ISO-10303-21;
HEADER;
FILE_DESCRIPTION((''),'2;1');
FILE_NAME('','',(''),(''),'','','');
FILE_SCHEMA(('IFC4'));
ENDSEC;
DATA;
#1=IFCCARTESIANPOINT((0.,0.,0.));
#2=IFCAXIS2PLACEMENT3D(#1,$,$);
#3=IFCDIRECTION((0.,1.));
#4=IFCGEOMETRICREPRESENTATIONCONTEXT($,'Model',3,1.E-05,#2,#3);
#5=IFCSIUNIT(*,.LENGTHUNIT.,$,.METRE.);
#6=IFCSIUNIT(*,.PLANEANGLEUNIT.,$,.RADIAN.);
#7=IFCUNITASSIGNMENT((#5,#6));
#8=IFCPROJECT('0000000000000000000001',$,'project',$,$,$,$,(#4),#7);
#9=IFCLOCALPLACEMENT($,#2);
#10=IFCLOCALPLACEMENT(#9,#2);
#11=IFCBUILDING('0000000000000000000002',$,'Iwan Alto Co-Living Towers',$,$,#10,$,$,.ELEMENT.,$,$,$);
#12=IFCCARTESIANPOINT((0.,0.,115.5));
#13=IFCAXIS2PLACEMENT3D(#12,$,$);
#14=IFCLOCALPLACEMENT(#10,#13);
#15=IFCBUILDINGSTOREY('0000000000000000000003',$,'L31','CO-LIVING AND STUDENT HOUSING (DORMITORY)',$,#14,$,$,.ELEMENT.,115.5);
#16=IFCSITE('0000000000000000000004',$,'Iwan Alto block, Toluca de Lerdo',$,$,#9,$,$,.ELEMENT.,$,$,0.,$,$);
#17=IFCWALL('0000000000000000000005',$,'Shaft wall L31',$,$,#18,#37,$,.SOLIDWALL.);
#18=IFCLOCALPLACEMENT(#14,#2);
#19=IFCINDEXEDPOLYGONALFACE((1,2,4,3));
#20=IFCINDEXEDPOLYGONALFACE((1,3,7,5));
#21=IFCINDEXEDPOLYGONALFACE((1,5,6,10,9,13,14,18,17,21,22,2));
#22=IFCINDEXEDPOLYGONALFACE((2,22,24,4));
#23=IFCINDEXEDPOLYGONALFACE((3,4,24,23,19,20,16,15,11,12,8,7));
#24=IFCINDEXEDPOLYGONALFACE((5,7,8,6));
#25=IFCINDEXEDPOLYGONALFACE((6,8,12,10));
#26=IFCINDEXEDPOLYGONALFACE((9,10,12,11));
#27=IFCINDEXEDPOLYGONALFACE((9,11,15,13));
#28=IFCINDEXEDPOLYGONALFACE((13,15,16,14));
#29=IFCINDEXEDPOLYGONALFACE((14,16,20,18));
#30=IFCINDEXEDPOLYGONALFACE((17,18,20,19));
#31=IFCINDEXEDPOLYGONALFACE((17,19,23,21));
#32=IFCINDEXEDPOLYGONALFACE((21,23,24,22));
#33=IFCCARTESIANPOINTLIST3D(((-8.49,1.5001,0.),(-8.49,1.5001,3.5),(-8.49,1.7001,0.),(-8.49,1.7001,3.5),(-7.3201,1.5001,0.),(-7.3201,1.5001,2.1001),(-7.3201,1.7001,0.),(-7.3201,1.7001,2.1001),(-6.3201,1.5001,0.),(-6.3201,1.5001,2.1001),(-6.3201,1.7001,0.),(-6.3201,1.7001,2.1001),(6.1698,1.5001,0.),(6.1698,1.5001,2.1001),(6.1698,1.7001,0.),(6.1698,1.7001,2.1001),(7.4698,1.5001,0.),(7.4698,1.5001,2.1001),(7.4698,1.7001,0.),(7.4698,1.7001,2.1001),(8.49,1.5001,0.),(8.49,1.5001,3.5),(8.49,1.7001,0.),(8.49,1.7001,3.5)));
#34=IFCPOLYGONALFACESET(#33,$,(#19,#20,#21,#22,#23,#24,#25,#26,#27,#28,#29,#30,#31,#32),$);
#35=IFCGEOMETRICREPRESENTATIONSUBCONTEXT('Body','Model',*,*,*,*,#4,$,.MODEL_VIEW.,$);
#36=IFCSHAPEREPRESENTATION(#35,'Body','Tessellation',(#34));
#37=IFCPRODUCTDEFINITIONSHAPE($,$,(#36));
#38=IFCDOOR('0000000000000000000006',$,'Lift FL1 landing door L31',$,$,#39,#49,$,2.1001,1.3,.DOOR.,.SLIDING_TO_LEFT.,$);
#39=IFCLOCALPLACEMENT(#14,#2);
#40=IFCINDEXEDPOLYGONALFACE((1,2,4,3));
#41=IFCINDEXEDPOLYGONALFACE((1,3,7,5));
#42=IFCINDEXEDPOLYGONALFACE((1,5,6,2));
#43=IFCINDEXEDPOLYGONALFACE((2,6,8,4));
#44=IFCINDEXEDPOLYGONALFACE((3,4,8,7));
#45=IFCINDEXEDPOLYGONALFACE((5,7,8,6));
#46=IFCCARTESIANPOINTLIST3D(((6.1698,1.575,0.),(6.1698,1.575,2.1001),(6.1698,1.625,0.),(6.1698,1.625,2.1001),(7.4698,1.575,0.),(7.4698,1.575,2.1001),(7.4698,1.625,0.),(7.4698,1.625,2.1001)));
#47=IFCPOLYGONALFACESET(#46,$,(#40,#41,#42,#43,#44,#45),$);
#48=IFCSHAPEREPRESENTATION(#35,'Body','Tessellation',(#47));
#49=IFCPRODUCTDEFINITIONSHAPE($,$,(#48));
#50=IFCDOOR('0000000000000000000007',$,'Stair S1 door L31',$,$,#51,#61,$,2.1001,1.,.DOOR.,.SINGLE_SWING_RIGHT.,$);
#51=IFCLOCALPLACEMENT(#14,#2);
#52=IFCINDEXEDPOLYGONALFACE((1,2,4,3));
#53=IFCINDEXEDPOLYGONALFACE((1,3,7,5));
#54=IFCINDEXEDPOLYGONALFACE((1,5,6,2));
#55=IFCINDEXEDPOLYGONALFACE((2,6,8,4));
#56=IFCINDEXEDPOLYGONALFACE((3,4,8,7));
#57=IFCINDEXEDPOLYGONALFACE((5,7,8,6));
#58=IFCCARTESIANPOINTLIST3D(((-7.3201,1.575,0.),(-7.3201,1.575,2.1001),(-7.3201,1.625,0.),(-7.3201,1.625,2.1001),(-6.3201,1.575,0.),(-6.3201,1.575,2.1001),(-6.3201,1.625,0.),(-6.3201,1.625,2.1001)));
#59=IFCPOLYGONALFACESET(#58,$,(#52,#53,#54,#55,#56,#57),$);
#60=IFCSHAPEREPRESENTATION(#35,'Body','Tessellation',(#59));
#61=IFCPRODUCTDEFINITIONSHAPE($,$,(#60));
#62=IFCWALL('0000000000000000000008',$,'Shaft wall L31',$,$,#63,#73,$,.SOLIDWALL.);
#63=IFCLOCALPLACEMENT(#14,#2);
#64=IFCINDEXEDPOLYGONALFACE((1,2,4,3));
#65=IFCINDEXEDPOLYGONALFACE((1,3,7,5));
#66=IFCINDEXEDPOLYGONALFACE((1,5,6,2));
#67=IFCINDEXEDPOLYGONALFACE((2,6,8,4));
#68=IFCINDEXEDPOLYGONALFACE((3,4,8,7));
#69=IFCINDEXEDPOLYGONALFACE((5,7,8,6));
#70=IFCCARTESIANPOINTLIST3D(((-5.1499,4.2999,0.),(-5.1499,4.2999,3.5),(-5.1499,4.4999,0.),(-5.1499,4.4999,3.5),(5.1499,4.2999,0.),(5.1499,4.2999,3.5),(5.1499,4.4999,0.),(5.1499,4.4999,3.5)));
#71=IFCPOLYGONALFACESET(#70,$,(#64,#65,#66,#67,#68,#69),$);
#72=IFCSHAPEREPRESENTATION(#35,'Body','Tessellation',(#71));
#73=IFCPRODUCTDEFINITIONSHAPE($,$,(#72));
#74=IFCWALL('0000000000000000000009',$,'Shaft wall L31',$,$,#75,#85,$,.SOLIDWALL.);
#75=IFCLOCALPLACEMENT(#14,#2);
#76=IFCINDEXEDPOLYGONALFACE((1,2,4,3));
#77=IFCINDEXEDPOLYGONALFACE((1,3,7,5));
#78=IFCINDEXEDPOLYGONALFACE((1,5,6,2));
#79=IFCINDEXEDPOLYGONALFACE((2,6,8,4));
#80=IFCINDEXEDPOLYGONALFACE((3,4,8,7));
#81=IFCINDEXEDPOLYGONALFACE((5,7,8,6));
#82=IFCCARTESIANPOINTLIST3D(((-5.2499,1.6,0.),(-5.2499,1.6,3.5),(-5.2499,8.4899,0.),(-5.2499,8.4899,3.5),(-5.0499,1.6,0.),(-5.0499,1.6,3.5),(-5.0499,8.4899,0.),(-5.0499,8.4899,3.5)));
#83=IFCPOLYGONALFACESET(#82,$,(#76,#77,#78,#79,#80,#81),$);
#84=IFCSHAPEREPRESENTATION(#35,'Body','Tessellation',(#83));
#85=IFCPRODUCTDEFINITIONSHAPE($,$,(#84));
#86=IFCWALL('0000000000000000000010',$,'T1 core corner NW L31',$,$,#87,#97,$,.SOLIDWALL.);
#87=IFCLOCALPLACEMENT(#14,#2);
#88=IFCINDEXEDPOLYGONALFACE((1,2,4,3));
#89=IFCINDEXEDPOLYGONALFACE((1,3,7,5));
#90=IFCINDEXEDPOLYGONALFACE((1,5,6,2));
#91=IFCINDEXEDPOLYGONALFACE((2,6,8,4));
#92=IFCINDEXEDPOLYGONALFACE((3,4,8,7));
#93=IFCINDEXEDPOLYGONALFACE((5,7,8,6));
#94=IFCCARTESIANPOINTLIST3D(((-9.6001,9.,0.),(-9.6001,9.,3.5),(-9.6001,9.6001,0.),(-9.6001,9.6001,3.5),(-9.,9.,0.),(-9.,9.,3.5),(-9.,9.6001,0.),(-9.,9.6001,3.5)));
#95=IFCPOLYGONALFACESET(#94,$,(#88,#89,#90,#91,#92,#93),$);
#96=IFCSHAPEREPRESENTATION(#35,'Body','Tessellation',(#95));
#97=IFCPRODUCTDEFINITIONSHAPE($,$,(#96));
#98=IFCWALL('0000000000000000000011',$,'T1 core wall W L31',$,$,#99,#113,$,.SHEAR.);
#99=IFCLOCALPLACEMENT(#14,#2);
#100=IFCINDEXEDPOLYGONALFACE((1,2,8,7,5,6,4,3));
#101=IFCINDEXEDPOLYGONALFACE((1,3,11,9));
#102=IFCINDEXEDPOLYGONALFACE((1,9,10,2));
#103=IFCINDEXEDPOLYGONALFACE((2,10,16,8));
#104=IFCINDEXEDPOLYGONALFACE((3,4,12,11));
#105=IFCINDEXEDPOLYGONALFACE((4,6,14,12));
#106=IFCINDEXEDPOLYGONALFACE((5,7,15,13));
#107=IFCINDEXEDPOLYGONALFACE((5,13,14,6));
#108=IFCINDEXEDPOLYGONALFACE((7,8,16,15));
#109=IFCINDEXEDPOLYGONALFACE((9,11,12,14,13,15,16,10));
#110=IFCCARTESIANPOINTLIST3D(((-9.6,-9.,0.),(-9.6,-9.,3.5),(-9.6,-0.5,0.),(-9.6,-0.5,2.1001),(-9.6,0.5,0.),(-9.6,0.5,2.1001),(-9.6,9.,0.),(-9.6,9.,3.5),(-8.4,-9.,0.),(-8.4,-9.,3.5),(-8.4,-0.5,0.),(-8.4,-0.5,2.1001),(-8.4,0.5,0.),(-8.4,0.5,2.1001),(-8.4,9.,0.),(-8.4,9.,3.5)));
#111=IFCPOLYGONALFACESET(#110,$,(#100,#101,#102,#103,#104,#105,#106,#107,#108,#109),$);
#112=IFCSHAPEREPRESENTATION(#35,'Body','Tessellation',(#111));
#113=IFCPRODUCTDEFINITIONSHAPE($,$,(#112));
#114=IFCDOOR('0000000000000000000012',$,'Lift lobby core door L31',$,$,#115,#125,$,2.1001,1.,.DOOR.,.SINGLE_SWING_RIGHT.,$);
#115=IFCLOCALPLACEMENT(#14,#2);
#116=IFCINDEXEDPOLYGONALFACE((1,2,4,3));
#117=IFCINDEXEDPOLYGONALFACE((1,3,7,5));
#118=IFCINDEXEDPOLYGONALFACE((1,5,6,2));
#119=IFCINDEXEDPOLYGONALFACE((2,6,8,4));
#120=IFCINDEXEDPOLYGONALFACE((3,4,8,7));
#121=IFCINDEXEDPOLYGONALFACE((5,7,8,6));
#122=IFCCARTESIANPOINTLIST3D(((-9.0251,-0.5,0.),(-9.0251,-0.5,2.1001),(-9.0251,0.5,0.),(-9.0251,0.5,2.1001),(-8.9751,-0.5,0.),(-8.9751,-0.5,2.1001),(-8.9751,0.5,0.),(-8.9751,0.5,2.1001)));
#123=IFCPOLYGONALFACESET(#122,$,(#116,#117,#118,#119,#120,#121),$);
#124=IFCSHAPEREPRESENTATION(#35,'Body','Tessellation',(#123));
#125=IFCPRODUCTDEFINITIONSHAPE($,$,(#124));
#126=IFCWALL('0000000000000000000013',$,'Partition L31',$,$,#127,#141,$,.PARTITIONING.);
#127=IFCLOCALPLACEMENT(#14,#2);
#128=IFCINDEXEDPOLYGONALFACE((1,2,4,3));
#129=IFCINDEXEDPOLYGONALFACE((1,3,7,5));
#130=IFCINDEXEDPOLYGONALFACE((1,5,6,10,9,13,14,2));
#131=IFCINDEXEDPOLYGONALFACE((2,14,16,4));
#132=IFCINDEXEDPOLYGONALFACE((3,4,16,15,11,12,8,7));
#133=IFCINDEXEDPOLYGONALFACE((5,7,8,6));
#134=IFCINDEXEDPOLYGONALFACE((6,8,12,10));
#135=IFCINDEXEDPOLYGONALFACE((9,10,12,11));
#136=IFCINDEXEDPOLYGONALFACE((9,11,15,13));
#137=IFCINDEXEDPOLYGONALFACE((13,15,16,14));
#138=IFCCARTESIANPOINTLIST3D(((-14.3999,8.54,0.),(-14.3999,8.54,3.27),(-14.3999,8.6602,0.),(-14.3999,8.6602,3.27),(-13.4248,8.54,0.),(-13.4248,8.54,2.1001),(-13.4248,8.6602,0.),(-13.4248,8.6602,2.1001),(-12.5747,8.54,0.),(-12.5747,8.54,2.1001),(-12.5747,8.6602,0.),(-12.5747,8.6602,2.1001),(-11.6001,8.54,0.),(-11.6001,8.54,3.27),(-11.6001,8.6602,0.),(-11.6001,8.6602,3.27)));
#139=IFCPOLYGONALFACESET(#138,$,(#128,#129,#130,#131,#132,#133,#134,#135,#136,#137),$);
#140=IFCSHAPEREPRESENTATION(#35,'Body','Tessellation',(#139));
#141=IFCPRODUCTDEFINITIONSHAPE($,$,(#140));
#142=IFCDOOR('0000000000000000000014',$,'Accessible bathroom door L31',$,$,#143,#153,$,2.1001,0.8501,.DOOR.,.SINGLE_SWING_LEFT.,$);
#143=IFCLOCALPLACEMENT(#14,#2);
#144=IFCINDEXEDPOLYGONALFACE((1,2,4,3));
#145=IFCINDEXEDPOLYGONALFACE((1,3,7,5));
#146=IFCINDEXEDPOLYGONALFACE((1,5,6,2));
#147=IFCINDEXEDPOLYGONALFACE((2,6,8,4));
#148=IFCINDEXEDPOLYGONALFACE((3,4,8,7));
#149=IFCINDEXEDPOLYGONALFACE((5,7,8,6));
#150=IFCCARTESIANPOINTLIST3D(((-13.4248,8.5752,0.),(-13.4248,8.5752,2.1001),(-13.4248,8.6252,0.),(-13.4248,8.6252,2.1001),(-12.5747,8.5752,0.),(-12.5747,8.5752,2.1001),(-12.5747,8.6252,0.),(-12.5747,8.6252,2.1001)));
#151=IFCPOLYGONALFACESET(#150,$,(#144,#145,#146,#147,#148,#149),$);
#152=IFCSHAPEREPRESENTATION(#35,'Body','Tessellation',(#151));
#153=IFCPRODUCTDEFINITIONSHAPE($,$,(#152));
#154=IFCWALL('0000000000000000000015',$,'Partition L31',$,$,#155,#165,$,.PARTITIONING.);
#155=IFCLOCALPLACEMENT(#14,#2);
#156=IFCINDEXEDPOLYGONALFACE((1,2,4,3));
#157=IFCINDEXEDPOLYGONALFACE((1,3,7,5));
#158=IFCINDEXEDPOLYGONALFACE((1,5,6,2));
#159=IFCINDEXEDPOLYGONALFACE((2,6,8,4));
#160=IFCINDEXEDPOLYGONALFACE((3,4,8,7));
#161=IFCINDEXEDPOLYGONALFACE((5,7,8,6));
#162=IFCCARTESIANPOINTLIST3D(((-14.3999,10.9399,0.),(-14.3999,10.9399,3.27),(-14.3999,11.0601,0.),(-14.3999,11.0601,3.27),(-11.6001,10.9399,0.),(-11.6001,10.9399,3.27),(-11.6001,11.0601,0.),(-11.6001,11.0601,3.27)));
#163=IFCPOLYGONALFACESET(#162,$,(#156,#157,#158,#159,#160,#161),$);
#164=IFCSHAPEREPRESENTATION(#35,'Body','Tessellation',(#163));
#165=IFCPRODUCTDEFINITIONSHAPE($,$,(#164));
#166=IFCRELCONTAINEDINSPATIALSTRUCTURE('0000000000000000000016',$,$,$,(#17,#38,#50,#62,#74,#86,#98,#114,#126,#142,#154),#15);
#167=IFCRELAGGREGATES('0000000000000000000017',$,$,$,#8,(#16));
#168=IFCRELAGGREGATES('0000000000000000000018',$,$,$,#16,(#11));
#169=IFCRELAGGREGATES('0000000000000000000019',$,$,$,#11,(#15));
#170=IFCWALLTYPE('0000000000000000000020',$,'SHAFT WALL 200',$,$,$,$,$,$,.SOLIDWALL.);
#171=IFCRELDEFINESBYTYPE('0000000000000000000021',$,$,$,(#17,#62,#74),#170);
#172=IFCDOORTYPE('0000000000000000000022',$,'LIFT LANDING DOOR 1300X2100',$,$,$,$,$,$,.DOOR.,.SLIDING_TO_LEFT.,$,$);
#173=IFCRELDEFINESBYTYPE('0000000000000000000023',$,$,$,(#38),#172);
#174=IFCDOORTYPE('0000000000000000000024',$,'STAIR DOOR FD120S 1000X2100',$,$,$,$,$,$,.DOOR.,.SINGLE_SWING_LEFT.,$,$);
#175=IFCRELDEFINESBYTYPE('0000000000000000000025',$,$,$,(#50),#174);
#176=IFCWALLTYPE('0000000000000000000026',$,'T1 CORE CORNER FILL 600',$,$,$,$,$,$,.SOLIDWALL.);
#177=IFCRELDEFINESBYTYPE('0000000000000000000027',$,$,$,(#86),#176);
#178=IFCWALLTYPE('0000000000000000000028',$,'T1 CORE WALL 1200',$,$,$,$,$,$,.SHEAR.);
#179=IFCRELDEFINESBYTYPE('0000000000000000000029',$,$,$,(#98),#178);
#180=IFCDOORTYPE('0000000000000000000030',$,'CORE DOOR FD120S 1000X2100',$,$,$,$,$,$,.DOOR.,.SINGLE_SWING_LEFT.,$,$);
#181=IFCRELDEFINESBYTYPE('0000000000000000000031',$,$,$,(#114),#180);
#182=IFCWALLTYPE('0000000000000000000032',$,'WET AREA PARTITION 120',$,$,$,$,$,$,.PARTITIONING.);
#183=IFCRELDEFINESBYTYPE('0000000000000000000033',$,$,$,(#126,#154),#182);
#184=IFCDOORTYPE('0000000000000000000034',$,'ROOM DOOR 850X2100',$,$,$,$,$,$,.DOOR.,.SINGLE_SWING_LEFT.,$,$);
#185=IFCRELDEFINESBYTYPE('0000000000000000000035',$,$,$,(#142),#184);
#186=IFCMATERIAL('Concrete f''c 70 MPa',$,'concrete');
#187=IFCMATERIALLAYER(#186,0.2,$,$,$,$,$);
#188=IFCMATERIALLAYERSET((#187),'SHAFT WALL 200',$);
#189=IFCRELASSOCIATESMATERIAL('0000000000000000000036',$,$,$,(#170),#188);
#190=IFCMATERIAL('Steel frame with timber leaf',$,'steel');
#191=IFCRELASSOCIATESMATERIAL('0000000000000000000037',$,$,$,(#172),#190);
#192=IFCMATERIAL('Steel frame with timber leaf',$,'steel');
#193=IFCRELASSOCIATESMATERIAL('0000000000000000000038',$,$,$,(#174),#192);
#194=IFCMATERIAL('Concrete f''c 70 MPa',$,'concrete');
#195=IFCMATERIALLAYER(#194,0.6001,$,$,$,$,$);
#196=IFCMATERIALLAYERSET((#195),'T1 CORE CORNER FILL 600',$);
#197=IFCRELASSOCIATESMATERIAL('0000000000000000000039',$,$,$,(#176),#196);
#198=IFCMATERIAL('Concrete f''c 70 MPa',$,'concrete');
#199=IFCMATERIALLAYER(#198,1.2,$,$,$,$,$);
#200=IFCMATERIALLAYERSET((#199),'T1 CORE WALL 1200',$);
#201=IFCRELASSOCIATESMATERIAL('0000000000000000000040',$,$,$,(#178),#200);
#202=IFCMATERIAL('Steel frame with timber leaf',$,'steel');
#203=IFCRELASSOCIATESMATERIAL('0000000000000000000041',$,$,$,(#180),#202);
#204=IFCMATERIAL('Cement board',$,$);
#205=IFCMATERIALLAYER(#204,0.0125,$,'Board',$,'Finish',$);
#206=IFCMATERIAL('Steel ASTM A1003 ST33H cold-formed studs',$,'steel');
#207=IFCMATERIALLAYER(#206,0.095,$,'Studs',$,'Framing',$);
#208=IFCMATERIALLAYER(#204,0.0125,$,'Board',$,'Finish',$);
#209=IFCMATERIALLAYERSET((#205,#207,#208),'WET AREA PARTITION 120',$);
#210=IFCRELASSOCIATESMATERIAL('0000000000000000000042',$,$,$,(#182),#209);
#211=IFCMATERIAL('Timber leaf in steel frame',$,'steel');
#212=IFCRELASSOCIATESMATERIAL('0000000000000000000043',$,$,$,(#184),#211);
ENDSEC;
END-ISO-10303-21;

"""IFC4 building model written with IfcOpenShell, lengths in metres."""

from ifc_helpers import new_model, si_unit, direction, frame, frame_2d, origin, place, context, subcontext, project, spatial, rectangle, extrude, material, layer, layer_set, type_object, element, fill, save


model = new_model("IFC4")

# Units and contexts
model_context = context("Model", 3, precision=1e-05, world=origin(), true_north=direction((0.0, 1.0)))
body_context = subcontext(model_context, "Body", "Model", "MODEL_VIEW")
ifc_project = project(units=[si_unit("LENGTHUNIT", "METRE"), si_unit("PLANEANGLEUNIT", "RADIAN")], contexts=[model_context])

# Site, building, storey
site_placement = place(None, origin())
site = spatial("IfcSite", under=ifc_project, at=site_placement, Name="Iwan Alto block, Toluca de Lerdo", CompositionType="ELEMENT", RefElevation=0.0)
building_placement = place(site_placement, origin())
building = spatial("IfcBuilding", under=site, at=building_placement, Name="Iwan Alto Co-Living Towers", CompositionType="ELEMENT")
storey_placement = place(building_placement, frame((0.0, 0.0, 115.5)))
storey = spatial("IfcBuildingStorey", under=building, at=storey_placement, Name="L31", Description="CO-LIVING AND STUDENT HOUSING (DORMITORY)", CompositionType="ELEMENT", Elevation=115.5)

# Shared definitions
ifc_material_1 = material(Name="Steel ASTM A1003 ST33H cold-formed studs", Category="steel")

# Wall, openings, doors
ifc_material_2 = material(Name="Concrete f'c 70 MPa", Category="concrete")
ifc_layer_1 = layer(ifc_material_2, 0.2)
ifc_layer_set_1 = layer_set([ifc_layer_1], Name="SHAFT WALL 200")
wall_type_1 = type_object("IfcWallType", Name="SHAFT WALL 200", PredefinedType="SOLIDWALL", material=ifc_layer_set_1)
wall_1_placement = place(storey_placement, frame((-8.49, 1.6001, 0.0), z_axis=(0.0, 0.0, 1.0), x_axis=(1.0, 0.0, 0.0)))
wall_1 = element("IfcWall", 1, at=wall_1_placement, inside=storey, type_object=wall_type_1, Name="Shaft wall L31", PredefinedType="SOLIDWALL", context=body_context, shape_type="SweptSolid", body=[
    extrude(rectangle(XDim=16.98, YDim=0.2, at=frame_2d((8.49, 0.0))), origin(), (0.0, 0.0, 1.0), 3.5),
])
opening_1_placement = place(wall_1_placement, frame((1.1699, 0.0, 0.0)))
opening_1 = element("IfcOpeningElement", 2, at=opening_1_placement, cuts=wall_1, PredefinedType="OPENING", context=body_context, shape_type="SweptSolid", body=[
    extrude(rectangle(XDim=1.0, YDim=2.1001, at=frame_2d((0.5, 1.05))), frame((0.0, 0.1099, 0.0), z_axis=(0.0, -1.0, 0.0), x_axis=(1.0, 0.0, 0.0)), (0.0, 0.0, 1.0), 0.22),
])
opening_2_placement = place(wall_1_placement, frame((14.6599, 0.0, 0.0)))
opening_2 = element("IfcOpeningElement", 3, at=opening_2_placement, cuts=wall_1, PredefinedType="OPENING", context=body_context, shape_type="SweptSolid", body=[
    extrude(rectangle(XDim=1.3, YDim=2.1001, at=frame_2d((0.6499, 1.05))), frame((0.0, 0.1099, 0.0), z_axis=(0.0, -1.0, 0.0), x_axis=(1.0, 0.0, 0.0)), (0.0, 0.0, 1.0), 0.22),
])
ifc_material_3 = material(Name="Steel frame with timber leaf", Category="steel")
door_type_1 = type_object("IfcDoorType", Name="LIFT LANDING DOOR 1300X2100", OperationType="SLIDING_TO_LEFT", PredefinedType="DOOR", material=ifc_material_3)
door_1_placement = place(opening_2_placement, origin())
door_1 = element("IfcDoor", 4, at=door_1_placement, inside=storey, type_object=door_type_1, Name="Lift FL1 landing door L31", OperationType="SLIDING_TO_LEFT", OverallHeight=2.1001, OverallWidth=1.3, PredefinedType="DOOR", context=body_context, shape_type="SweptSolid", body=[
    extrude(rectangle(XDim=1.3, YDim=2.1001, at=frame_2d((0.6499, 1.05))), frame((0.0, 0.0249, 0.0), z_axis=(0.0, -1.0, 0.0), x_axis=(1.0, 0.0, 0.0)), (0.0, 0.0, 1.0), 0.05),
])
fill(opening_2, door_1)
ifc_material_4 = material(Name="Steel frame with timber leaf", Category="steel")
door_type_2 = type_object("IfcDoorType", Name="STAIR DOOR FD120S 1000X2100", OperationType="SINGLE_SWING_LEFT", PredefinedType="DOOR", material=ifc_material_4)
door_2_placement = place(opening_1_placement, origin())
door_2 = element("IfcDoor", 5, at=door_2_placement, inside=storey, type_object=door_type_2, Name="Stair S1 door L31", OperationType="SINGLE_SWING_RIGHT", OverallHeight=2.1001, OverallWidth=1.0, PredefinedType="DOOR", context=body_context, shape_type="SweptSolid", body=[
    extrude(rectangle(XDim=1.0, YDim=2.1001, at=frame_2d((0.5, 1.05))), frame((0.0, 0.0249, 0.0), z_axis=(0.0, -1.0, 0.0), x_axis=(1.0, 0.0, 0.0)), (0.0, 0.0, 1.0), 0.05),
])
fill(opening_1, door_2)

# Walls
wall_2_placement = place(storey_placement, frame((-5.1499, 4.3999, 0.0), z_axis=(0.0, 0.0, 1.0), x_axis=(1.0, 0.0, 0.0)))
element("IfcWall", 6, at=wall_2_placement, inside=storey, type_object=wall_type_1, Name="Shaft wall L31", PredefinedType="SOLIDWALL", context=body_context, shape_type="SweptSolid", body=[
    extrude(rectangle(XDim=10.2998, YDim=0.2, at=frame_2d((5.1499, 0.0))), origin(), (0.0, 0.0, 1.0), 3.5),
])
wall_3_placement = place(storey_placement, frame((-5.1499, 1.6001, 0.0), z_axis=(0.0, 0.0, 1.0), x_axis=(0.0, 1.0, 0.0)))
element("IfcWall", 7, at=wall_3_placement, inside=storey, type_object=wall_type_1, Name="Shaft wall L31", PredefinedType="SOLIDWALL", context=body_context, shape_type="SweptSolid", body=[
    extrude(rectangle(XDim=6.8899, YDim=0.2, at=frame_2d((3.4448, 0.0))), origin(), (0.0, 0.0, 1.0), 3.5),
])
ifc_material_5 = material(Name="Concrete f'c 70 MPa", Category="concrete")
ifc_layer_2 = layer(ifc_material_5, 0.6001)
ifc_layer_set_2 = layer_set([ifc_layer_2], Name="T1 CORE CORNER FILL 600")
wall_type_2 = type_object("IfcWallType", Name="T1 CORE CORNER FILL 600", PredefinedType="SOLIDWALL", material=ifc_layer_set_2)
wall_4_placement = place(storey_placement, frame((-9.6001, 9.3, 0.0), z_axis=(0.0, 0.0, 1.0), x_axis=(1.0, 0.0, 0.0)))
element("IfcWall", 8, at=wall_4_placement, inside=storey, type_object=wall_type_2, Name="T1 core corner NW L31", PredefinedType="SOLIDWALL", context=body_context, shape_type="SweptSolid", body=[
    extrude(rectangle(XDim=0.6001, YDim=0.6001, at=frame_2d((0.3, 0.0))), origin(), (0.0, 0.0, 1.0), 3.5),
])

# Walls, openings, doors
ifc_material_6 = material(Name="Concrete f'c 70 MPa", Category="concrete")
ifc_layer_3 = layer(ifc_material_6, 1.2)
ifc_layer_set_3 = layer_set([ifc_layer_3], Name="T1 CORE WALL 1200")
wall_type_3 = type_object("IfcWallType", Name="T1 CORE WALL 1200", PredefinedType="SHEAR", material=ifc_layer_set_3)
wall_5_placement = place(storey_placement, frame((-9.0, 9.0, 0.0), z_axis=(0.0, 0.0, 1.0), x_axis=(0.0, -1.0, 0.0)))
wall_5 = element("IfcWall", 9, at=wall_5_placement, inside=storey, type_object=wall_type_3, Name="T1 core wall W L31", PredefinedType="SHEAR", context=body_context, shape_type="SweptSolid", body=[
    extrude(rectangle(XDim=18.0, YDim=1.2, at=frame_2d((9.0, 0.0))), origin(), (0.0, 0.0, 1.0), 3.5),
])
opening_3_placement = place(wall_5_placement, frame((8.5, 0.0, 0.0)))
opening_3 = element("IfcOpeningElement", 10, at=opening_3_placement, cuts=wall_5, PredefinedType="OPENING", context=body_context, shape_type="SweptSolid", body=[
    extrude(rectangle(XDim=1.0, YDim=2.1001, at=frame_2d((0.5, 1.05))), frame((0.0, 0.6099, 0.0), z_axis=(0.0, -1.0, 0.0), x_axis=(1.0, 0.0, 0.0)), (0.0, 0.0, 1.0), 1.22),
])
ifc_material_7 = material(Name="Steel frame with timber leaf", Category="steel")
door_type_3 = type_object("IfcDoorType", Name="CORE DOOR FD120S 1000X2100", OperationType="SINGLE_SWING_LEFT", PredefinedType="DOOR", material=ifc_material_7)
door_3_placement = place(opening_3_placement, origin())
door_3 = element("IfcDoor", 11, at=door_3_placement, inside=storey, type_object=door_type_3, Name="Lift lobby core door L31", OperationType="SINGLE_SWING_RIGHT", OverallHeight=2.1001, OverallWidth=1.0, PredefinedType="DOOR", context=body_context, shape_type="SweptSolid", body=[
    extrude(rectangle(XDim=1.0, YDim=2.1001, at=frame_2d((0.5, 1.05))), frame((0.0, 0.0249, 0.0), z_axis=(0.0, -1.0, 0.0), x_axis=(1.0, 0.0, 0.0)), (0.0, 0.0, 1.0), 0.05),
])
fill(opening_3, door_3)
ifc_material_8 = material(Name="Cement board")
ifc_layer_4 = layer(ifc_material_8, 0.0125, Name="Board", Category="Finish")
ifc_layer_5 = layer(ifc_material_1, 0.095, Name="Studs", Category="Framing")
ifc_layer_6 = layer(ifc_material_8, 0.0125, Name="Board", Category="Finish")
ifc_layer_set_4 = layer_set([ifc_layer_4, ifc_layer_5, ifc_layer_6], Name="WET AREA PARTITION 120")
wall_type_4 = type_object("IfcWallType", Name="WET AREA PARTITION 120", PredefinedType="PARTITIONING", material=ifc_layer_set_4)
wall_6_placement = place(storey_placement, frame((-14.3999, 8.6001, 0.0), z_axis=(0.0, 0.0, 1.0), x_axis=(1.0, 0.0, 0.0)))
wall_6 = element("IfcWall", 12, at=wall_6_placement, inside=storey, type_object=wall_type_4, Name="Partition L31", PredefinedType="PARTITIONING", context=body_context, shape_type="SweptSolid", body=[
    extrude(rectangle(XDim=2.7998, YDim=0.1201, at=frame_2d((1.3999, 0.0))), origin(), (0.0, 0.0, 1.0), 3.27),
])
opening_4_placement = place(wall_6_placement, frame((0.9751, 0.0, 0.0)))
opening_4 = element("IfcOpeningElement", 13, at=opening_4_placement, cuts=wall_6, PredefinedType="OPENING", context=body_context, shape_type="SweptSolid", body=[
    extrude(rectangle(XDim=0.8501, YDim=2.1001, at=frame_2d((0.425, 1.05))), frame((0.0, 0.0701, 0.0), z_axis=(0.0, -1.0, 0.0), x_axis=(1.0, 0.0, 0.0)), (0.0, 0.0, 1.0), 0.1401),
])
ifc_material_9 = material(Name="Timber leaf in steel frame", Category="steel")
door_type_4 = type_object("IfcDoorType", Name="ROOM DOOR 850X2100", OperationType="SINGLE_SWING_LEFT", PredefinedType="DOOR", material=ifc_material_9)
door_4_placement = place(opening_4_placement, frame((0.8501, 0.0, 0.0), z_axis=(0.0, 0.0, 1.0), x_axis=(-1.0, 0.0, 0.0)))
door_4 = element("IfcDoor", 14, at=door_4_placement, inside=storey, type_object=door_type_4, Name="Accessible bathroom door L31", OperationType="SINGLE_SWING_LEFT", OverallHeight=2.1001, OverallWidth=0.8501, PredefinedType="DOOR", context=body_context, shape_type="SweptSolid", body=[
    extrude(rectangle(XDim=0.8501, YDim=2.1001, at=frame_2d((0.425, 1.05))), frame((0.0, 0.0249, 0.0), z_axis=(0.0, -1.0, 0.0), x_axis=(1.0, 0.0, 0.0)), (0.0, 0.0, 1.0), 0.05),
])
fill(opening_4, door_4)

# Wall
wall_7_placement = place(storey_placement, frame((-14.3999, 11.0, 0.0), z_axis=(0.0, 0.0, 1.0), x_axis=(1.0, 0.0, 0.0)))
element("IfcWall", 15, at=wall_7_placement, inside=storey, type_object=wall_type_4, Name="Partition L31", PredefinedType="PARTITIONING", context=body_context, shape_type="SweptSolid", body=[
    extrude(rectangle(XDim=2.7998, YDim=0.1201, at=frame_2d((1.3999, 0.0))), origin(), (0.0, 0.0, 1.0), 3.27),
])

save(model, "model.ifc")
